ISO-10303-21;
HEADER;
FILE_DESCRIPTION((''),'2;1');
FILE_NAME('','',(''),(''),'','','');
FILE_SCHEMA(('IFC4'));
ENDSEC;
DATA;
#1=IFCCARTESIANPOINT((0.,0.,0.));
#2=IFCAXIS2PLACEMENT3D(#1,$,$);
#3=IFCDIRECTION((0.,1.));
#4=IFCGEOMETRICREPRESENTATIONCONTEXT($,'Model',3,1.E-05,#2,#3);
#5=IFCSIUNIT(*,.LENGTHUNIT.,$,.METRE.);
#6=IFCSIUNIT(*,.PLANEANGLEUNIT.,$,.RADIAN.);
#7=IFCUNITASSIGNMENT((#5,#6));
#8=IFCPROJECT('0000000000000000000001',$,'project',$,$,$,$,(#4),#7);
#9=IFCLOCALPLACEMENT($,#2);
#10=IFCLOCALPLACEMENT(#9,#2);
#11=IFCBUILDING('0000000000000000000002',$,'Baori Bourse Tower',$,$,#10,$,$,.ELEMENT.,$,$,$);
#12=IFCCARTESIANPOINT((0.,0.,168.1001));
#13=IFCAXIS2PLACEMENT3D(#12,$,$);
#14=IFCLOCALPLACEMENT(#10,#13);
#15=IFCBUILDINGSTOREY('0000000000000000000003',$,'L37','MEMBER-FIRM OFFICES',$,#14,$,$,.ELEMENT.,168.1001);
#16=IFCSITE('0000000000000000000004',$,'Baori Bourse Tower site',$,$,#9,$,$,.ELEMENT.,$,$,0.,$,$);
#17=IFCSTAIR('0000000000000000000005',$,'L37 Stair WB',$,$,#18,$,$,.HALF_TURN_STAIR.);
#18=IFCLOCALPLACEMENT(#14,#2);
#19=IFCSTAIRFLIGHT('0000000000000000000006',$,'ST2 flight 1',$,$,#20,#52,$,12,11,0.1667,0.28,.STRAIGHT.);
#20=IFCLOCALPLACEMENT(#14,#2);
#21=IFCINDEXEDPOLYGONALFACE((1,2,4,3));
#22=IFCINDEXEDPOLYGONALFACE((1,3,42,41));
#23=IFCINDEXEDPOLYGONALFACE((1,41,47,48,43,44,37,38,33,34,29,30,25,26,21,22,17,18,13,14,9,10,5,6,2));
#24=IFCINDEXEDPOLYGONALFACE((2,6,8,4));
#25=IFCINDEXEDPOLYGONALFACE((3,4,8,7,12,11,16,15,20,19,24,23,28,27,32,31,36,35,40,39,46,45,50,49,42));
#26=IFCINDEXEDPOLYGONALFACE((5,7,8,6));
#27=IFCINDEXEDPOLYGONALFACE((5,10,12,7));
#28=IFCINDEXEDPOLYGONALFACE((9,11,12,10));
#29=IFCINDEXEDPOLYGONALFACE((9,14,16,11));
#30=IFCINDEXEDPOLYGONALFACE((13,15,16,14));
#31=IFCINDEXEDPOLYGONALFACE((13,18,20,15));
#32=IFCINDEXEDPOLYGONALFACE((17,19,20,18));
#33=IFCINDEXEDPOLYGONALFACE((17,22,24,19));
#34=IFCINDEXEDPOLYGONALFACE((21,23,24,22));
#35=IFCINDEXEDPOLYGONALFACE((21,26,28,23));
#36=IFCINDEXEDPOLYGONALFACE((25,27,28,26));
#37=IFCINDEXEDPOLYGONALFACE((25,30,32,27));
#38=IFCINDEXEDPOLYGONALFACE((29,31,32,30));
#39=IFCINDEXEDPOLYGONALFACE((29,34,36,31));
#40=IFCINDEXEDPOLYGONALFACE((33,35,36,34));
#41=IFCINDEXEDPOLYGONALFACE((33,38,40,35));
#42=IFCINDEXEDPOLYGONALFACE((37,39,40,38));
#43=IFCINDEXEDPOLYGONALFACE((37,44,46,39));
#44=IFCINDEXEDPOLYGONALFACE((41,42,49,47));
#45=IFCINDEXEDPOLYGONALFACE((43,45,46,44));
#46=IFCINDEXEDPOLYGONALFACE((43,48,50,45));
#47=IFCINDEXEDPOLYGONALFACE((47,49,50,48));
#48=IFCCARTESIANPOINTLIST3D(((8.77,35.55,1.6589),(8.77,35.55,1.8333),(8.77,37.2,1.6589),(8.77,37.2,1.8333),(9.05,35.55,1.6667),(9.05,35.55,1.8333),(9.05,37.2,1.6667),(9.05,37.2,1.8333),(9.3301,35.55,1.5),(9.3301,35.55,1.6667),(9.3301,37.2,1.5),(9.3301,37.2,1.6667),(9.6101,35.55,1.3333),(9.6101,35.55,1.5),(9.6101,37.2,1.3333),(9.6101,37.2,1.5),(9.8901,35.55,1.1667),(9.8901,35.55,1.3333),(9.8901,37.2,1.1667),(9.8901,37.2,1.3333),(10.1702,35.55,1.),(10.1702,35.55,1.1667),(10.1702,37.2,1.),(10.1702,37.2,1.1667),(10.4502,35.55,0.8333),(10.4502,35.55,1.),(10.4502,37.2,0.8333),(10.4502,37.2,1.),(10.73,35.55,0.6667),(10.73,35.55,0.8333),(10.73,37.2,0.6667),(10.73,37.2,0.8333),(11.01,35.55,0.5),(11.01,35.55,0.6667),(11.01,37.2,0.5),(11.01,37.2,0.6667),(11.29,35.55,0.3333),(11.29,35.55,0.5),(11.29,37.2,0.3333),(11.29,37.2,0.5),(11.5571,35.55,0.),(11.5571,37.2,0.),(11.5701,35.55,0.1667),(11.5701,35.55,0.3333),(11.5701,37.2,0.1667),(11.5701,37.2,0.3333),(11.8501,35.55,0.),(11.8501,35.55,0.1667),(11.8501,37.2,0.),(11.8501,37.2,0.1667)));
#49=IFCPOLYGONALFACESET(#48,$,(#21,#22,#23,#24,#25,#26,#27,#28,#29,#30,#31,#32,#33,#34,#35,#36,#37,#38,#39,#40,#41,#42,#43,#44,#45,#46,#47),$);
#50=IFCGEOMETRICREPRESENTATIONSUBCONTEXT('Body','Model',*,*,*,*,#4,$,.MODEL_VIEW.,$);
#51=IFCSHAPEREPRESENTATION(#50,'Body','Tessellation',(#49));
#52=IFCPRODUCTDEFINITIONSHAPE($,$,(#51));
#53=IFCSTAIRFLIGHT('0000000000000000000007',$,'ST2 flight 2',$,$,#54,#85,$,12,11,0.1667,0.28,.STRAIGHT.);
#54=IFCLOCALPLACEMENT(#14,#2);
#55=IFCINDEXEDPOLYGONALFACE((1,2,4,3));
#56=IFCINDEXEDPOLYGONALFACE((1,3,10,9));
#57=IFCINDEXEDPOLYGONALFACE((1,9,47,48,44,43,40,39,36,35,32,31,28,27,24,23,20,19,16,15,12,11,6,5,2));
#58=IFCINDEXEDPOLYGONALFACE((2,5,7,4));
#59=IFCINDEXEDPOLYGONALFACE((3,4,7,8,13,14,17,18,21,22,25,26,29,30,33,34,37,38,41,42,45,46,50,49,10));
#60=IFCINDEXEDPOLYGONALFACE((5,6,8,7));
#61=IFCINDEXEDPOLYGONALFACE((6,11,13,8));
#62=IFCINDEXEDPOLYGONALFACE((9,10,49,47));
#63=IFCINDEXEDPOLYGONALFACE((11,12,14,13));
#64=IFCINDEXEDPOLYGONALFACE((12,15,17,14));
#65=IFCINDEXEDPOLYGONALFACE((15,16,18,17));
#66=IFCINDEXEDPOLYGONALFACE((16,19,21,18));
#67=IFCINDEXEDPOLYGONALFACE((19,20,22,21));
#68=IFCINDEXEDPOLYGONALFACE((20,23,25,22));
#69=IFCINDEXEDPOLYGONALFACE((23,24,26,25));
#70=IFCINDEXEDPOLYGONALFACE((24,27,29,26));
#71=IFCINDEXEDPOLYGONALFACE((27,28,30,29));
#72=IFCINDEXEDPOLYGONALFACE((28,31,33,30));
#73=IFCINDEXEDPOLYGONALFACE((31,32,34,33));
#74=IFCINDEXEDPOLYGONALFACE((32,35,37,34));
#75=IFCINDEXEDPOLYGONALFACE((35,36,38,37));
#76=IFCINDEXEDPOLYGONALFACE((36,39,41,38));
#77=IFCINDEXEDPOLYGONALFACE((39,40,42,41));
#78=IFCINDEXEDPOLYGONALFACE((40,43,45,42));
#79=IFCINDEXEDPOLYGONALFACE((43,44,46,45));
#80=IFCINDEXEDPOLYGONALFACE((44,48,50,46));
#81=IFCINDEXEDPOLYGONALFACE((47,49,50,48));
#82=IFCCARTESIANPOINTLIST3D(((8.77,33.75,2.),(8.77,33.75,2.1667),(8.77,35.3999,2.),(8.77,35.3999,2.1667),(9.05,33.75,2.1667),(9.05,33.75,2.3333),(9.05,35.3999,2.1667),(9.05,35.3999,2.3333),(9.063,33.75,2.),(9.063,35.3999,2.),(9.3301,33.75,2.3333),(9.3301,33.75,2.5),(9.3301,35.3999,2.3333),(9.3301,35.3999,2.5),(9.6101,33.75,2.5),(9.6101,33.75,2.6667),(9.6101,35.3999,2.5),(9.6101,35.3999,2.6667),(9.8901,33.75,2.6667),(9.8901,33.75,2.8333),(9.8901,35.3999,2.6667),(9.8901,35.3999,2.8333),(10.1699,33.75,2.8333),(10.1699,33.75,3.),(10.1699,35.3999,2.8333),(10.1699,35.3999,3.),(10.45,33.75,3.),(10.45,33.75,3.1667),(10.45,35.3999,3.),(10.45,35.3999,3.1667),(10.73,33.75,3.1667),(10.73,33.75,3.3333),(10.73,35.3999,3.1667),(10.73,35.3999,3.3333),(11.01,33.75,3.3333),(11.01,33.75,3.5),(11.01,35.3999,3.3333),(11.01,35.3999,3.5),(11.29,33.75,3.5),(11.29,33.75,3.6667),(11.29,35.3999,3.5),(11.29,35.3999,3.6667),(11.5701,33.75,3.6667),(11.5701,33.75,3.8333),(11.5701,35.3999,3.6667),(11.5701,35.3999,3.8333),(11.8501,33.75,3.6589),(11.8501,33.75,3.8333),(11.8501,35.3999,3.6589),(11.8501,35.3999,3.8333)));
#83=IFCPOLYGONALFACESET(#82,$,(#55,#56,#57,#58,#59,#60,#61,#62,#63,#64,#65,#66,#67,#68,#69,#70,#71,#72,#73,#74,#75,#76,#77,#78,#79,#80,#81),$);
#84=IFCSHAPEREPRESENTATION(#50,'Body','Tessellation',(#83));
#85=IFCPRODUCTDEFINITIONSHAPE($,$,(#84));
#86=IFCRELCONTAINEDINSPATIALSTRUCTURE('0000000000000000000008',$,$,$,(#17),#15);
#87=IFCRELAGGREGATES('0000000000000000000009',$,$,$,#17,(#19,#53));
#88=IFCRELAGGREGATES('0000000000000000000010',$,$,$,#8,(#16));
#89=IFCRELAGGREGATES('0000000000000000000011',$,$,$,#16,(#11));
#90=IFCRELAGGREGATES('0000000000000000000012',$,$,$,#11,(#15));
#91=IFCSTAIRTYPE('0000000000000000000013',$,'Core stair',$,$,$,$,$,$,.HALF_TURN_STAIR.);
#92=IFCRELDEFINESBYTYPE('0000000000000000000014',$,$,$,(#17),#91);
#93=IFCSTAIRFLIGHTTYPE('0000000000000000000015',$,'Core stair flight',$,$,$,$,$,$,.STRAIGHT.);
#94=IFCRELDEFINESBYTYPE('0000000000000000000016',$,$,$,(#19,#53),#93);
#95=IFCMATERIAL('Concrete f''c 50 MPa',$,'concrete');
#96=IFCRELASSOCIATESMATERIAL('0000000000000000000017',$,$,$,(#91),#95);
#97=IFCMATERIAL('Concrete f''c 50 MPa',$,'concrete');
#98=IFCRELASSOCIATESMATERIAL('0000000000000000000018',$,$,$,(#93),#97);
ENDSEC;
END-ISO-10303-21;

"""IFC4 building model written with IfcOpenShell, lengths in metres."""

from ifc_helpers import new_model, si_unit, direction, frame, origin, place, context, subcontext, project, spatial, polyline, outline, extrude, material, type_object, element, aggregate, save


model = new_model("IFC4")

# Units and contexts
model_context = context("Model", 3, precision=1e-05, world=origin(), true_north=direction((0.0, 1.0)))
body_context = subcontext(model_context, "Body", "Model", "MODEL_VIEW")
ifc_project = project(units=[si_unit("LENGTHUNIT", "METRE"), si_unit("PLANEANGLEUNIT", "RADIAN")], contexts=[model_context])

# Site, building, storey
site_placement = place(None, origin())
site = spatial("IfcSite", under=ifc_project, at=site_placement, Name="Baori Bourse Tower site", CompositionType="ELEMENT", RefElevation=0.0)
building_placement = place(site_placement, origin())
building = spatial("IfcBuilding", under=site, at=building_placement, Name="Baori Bourse Tower", CompositionType="ELEMENT")
storey_placement = place(building_placement, frame((0.0, 0.0, 168.1001)))
storey = spatial("IfcBuildingStorey", under=building, at=storey_placement, Name="L37", Description="MEMBER-FIRM OFFICES", CompositionType="ELEMENT", Elevation=168.1001)

# Stair, stair flights
ifc_material_1 = material(Name="Concrete f'c 50 MPa", Category="concrete")
stair_type = type_object("IfcStairType", Name="Core stair", PredefinedType="HALF_TURN_STAIR", material=ifc_material_1)
stair_placement = place(storey_placement, origin())
stair = element("IfcStair", 1, at=stair_placement, inside=storey, type_object=stair_type, Name="L37 Stair WB", PredefinedType="HALF_TURN_STAIR")
ifc_material_2 = material(Name="Concrete f'c 50 MPa", Category="concrete")
stair_flight_type = type_object("IfcStairFlightType", Name="Core stair flight", PredefinedType="STRAIGHT", material=ifc_material_2)
stair_flight_1_placement = place(storey_placement, frame((11.8501, 36.375, 0.0), z_axis=(0.0, 0.0, 1.0), x_axis=(-1.0, 0.0, 0.0)))
stair_flight_1 = element("IfcStairFlight", 2, at=stair_flight_1_placement, type_object=stair_flight_type, Name="ST2 flight 1", NumberOfRisers=12, NumberOfTreads=11, PredefinedType="STRAIGHT", RiserHeight=0.1667, TreadLength=0.28, context=body_context, shape_type="SweptSolid", body=[
    extrude(outline(polyline([(0.0, 0.0), (0.0, 0.1667), (0.28, 0.1667), (0.28, 0.3333), (0.5601, 0.3333), (0.5601, 0.5), (0.8401, 0.5), (0.8401, 0.6667), (1.1201, 0.6667), (1.1201, 0.8333), (1.3999, 0.8333), (1.3999, 1.0), (1.6799, 1.0), (1.6799, 1.1667), (1.96, 1.1667), (1.96, 1.3333), (2.24, 1.3333), (2.24, 1.5), (2.52, 1.5), (2.52, 1.6667), (2.8, 1.6667), (2.8, 1.8333), (3.0801, 1.8333), (3.0801, 2.0), (3.0801, 1.6589), (0.293, 0.0), (0.0, 0.0)])), frame((0.0, 0.825, 0.0), z_axis=(0.0, -1.0, 0.0), x_axis=(1.0, 0.0, 0.0)), (0.0, 0.0, 1.0), 1.6499),
])
stair_flight_2_placement = place(storey_placement, frame((8.77, 34.575, 2.0), z_axis=(0.0, 0.0, 1.0), x_axis=(1.0, 0.0, 0.0)))
stair_flight_2 = element("IfcStairFlight", 3, at=stair_flight_2_placement, type_object=stair_flight_type, Name="ST2 flight 2", NumberOfRisers=12, NumberOfTreads=11, PredefinedType="STRAIGHT", RiserHeight=0.1667, TreadLength=0.28, context=body_context, shape_type="SweptSolid", body=[
    extrude(outline(polyline([(0.0, 0.0), (0.0, 0.1667), (0.28, 0.1667), (0.28, 0.3333), (0.5601, 0.3333), (0.5601, 0.5), (0.8401, 0.5), (0.8401, 0.6667), (1.1201, 0.6667), (1.1201, 0.8333), (1.3999, 0.8333), (1.3999, 1.0), (1.6799, 1.0), (1.6799, 1.1667), (1.96, 1.1667), (1.96, 1.3333), (2.24, 1.3333), (2.24, 1.5), (2.52, 1.5), (2.52, 1.6667), (2.8, 1.6667), (2.8, 1.8333), (3.0801, 1.8333), (3.0801, 2.0), (3.0801, 1.6589), (0.293, 0.0), (0.0, 0.0)])), frame((0.0, 0.825, 0.0), z_axis=(0.0, -1.0, 0.0), x_axis=(1.0, 0.0, 0.0)), (0.0, 0.0, 1.0), 1.6499),
])
aggregate(stair, [stair_flight_1, stair_flight_2])

save(model, "model.ifc")
